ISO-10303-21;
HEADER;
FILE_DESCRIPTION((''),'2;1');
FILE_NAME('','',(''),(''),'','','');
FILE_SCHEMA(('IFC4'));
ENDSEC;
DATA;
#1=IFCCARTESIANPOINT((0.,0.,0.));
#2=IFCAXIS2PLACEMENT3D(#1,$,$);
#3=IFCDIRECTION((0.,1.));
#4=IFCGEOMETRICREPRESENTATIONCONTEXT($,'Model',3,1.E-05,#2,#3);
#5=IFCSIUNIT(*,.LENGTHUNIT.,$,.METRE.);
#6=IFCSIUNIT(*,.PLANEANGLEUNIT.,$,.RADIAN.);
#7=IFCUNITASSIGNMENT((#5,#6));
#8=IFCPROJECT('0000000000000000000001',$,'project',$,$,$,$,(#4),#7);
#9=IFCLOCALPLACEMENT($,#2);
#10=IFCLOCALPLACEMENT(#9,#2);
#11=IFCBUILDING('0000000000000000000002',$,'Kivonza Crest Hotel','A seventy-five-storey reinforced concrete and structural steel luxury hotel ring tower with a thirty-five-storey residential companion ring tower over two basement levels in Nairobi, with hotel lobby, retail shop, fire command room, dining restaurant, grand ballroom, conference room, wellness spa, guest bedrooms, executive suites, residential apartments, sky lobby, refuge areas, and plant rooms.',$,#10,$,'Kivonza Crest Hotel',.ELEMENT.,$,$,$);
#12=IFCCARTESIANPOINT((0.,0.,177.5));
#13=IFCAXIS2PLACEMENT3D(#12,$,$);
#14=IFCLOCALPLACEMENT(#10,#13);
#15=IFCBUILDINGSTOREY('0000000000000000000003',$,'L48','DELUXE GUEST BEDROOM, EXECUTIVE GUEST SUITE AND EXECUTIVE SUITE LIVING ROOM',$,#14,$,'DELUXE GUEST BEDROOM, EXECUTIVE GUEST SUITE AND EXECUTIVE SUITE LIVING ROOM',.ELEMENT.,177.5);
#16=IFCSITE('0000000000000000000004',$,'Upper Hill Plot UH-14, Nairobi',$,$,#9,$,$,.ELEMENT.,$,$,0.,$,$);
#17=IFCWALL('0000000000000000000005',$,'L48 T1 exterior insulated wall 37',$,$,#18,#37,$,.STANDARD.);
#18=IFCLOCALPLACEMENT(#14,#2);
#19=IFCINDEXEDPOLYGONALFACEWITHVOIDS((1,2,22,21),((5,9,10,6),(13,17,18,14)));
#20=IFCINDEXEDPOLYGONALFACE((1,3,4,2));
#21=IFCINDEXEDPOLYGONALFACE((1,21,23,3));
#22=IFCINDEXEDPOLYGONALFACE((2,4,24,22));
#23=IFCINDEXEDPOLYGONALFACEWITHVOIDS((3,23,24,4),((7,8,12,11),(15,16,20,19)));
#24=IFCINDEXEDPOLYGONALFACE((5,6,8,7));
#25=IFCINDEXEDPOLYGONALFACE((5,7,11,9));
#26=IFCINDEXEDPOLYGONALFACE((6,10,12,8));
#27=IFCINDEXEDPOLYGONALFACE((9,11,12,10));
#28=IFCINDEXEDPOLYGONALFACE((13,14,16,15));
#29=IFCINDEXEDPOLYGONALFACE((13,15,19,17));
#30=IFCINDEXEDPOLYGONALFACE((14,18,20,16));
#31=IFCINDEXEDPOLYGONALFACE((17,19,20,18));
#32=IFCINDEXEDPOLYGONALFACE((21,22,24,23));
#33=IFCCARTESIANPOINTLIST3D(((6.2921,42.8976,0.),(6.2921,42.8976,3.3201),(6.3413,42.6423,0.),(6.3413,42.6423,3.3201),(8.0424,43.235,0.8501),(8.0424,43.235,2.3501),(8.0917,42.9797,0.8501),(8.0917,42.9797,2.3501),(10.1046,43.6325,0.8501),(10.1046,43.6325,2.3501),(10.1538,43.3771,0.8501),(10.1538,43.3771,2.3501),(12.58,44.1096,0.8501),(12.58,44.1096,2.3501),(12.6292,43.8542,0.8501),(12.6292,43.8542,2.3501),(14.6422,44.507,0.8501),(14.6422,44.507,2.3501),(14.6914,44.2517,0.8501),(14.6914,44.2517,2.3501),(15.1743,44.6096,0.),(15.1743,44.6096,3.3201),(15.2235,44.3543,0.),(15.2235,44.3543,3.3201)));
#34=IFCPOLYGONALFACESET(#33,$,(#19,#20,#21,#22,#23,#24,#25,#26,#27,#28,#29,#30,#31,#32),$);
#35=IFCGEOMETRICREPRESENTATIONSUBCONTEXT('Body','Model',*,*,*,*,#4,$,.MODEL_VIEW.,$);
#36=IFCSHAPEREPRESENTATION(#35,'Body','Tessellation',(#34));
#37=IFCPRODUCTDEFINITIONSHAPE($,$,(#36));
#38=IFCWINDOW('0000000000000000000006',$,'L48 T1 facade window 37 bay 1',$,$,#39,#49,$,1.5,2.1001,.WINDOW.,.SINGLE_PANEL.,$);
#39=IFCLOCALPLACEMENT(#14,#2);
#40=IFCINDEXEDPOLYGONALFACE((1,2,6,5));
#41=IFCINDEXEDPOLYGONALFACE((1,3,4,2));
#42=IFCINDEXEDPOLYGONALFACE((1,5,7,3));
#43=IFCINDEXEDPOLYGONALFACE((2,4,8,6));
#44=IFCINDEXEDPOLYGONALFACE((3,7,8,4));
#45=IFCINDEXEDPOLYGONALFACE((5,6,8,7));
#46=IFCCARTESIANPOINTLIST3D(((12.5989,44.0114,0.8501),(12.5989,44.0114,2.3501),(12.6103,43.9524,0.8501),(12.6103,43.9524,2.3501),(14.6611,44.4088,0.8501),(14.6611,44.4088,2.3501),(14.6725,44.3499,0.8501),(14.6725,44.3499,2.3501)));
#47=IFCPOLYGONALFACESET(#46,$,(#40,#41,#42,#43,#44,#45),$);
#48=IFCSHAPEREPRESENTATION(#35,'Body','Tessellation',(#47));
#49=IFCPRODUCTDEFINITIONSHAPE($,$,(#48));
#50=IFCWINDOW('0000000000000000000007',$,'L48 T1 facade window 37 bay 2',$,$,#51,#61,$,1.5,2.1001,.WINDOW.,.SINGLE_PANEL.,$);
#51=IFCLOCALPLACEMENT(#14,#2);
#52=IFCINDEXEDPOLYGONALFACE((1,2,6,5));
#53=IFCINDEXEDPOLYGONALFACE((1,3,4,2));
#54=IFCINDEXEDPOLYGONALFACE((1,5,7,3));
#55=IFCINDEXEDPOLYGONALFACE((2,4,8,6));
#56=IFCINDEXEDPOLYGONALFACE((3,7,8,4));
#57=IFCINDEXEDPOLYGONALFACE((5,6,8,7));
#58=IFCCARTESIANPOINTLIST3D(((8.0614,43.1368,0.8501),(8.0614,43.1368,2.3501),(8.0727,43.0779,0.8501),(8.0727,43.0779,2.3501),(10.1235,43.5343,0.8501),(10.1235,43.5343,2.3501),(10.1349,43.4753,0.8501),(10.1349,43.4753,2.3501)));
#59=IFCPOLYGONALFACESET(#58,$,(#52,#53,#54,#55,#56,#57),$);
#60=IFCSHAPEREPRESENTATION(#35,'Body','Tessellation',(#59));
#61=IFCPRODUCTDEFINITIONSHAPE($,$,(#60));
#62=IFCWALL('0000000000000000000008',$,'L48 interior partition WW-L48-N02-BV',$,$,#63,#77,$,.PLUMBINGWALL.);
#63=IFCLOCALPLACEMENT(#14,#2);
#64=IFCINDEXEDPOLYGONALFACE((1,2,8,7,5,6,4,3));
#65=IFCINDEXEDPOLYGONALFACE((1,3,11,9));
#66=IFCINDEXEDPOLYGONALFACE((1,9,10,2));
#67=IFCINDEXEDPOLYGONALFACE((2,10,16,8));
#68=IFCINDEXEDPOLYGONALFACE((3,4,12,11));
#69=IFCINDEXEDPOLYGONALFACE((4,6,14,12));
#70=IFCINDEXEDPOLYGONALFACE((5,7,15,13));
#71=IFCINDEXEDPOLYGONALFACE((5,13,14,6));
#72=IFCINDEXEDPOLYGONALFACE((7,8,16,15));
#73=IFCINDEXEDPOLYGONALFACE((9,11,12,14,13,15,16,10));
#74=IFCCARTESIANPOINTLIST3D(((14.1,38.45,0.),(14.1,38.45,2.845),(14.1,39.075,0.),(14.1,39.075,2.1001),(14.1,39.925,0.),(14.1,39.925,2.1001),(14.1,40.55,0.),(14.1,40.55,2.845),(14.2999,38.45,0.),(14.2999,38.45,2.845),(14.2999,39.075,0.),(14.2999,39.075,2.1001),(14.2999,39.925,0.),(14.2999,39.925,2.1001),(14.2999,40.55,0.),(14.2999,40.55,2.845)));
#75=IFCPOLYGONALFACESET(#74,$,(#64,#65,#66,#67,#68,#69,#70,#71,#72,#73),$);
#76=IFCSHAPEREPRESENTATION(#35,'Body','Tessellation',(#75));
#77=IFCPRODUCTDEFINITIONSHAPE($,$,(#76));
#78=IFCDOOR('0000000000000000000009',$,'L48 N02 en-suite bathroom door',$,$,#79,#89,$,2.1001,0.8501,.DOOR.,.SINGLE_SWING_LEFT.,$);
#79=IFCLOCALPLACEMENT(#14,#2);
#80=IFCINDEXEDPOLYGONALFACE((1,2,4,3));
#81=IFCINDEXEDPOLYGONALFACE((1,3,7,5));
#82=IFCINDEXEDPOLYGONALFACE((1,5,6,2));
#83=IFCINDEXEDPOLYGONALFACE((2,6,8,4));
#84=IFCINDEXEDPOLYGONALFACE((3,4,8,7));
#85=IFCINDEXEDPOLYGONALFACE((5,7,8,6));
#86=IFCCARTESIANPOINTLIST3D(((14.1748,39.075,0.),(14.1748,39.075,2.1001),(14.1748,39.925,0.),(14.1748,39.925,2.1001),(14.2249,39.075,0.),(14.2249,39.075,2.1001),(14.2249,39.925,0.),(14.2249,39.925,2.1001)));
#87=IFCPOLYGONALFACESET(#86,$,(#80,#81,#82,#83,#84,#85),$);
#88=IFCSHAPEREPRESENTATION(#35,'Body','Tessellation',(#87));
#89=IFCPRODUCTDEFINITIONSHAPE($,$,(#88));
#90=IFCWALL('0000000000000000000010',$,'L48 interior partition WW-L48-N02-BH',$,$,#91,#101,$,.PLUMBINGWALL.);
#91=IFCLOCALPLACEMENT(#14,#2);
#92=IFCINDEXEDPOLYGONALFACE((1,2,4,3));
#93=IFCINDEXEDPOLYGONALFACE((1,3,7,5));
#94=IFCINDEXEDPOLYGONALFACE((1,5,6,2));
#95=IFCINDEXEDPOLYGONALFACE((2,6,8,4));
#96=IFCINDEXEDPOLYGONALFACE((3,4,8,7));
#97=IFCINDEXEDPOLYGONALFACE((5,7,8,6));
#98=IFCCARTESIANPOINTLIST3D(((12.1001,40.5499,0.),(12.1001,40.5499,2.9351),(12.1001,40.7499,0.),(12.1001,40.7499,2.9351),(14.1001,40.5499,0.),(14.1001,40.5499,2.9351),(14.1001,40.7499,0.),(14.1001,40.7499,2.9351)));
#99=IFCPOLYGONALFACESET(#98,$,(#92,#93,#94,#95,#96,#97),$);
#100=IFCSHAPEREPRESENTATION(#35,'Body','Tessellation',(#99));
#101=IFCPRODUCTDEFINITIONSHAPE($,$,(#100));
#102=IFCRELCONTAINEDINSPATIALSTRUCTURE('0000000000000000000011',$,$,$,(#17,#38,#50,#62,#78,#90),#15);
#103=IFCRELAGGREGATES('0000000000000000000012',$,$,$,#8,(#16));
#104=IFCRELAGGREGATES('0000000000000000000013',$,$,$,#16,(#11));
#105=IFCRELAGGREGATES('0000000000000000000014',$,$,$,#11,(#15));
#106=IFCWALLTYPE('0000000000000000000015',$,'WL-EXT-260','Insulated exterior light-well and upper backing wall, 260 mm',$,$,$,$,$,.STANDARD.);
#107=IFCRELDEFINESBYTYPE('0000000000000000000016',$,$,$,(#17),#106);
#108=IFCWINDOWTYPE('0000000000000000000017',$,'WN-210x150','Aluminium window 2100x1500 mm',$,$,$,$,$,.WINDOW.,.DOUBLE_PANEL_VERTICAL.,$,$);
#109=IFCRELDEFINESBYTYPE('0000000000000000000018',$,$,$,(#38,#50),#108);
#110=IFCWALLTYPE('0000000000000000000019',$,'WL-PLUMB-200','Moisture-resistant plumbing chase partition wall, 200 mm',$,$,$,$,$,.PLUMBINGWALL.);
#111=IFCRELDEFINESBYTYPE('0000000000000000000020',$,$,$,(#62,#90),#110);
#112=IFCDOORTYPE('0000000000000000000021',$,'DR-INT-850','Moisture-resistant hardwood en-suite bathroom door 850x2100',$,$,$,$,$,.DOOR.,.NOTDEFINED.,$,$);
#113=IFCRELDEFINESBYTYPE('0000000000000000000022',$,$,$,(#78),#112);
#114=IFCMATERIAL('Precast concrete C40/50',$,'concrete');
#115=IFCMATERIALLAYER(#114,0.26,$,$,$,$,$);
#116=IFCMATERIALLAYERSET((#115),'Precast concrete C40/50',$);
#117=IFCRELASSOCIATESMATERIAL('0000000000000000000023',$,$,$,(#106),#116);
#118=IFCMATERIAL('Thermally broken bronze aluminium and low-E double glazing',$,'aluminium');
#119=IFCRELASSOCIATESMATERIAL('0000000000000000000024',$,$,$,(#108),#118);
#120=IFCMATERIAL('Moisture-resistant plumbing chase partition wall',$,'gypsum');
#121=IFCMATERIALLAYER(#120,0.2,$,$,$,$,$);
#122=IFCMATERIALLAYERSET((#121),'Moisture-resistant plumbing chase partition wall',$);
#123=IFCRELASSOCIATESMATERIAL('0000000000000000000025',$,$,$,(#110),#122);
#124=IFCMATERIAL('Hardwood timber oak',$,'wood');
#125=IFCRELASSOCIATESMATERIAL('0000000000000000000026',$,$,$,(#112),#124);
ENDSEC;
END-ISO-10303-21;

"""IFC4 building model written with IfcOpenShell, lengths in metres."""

from ifc_helpers import new_model, si_unit, direction, frame, frame_2d, origin, place, context, subcontext, project, spatial, rectangle, extrude, material, layer, layer_set, type_object, element, fill, save


model = new_model("IFC4")

# Units and contexts
model_context = context("Model", 3, precision=1e-05, world=origin(), true_north=direction((0.0, 1.0)))
body_context = subcontext(model_context, "Body", "Model", "MODEL_VIEW")
ifc_project = project(units=[si_unit("LENGTHUNIT", "METRE"), si_unit("PLANEANGLEUNIT", "RADIAN")], contexts=[model_context])

# Site, building, storey
site_placement = place(None, origin())
site = spatial("IfcSite", under=ifc_project, at=site_placement, Name="Upper Hill Plot UH-14, Nairobi", CompositionType="ELEMENT", RefElevation=0.0)
building_placement = place(site_placement, origin())
building = spatial("IfcBuilding", under=site, at=building_placement, Name="Kivonza Crest Hotel", Description="A seventy-five-storey reinforced concrete and structural steel luxury hotel ring tower with a thirty-five-storey residential companion ring tower over two basement levels in Nairobi, with hotel lobby, retail shop, fire command room, dining restaurant, grand ballroom, conference room, wellness spa, guest bedrooms, executive suites, residential apartments, sky lobby, refuge areas, and plant rooms.", LongName="Kivonza Crest Hotel", CompositionType="ELEMENT")
storey_placement = place(building_placement, frame((0.0, 0.0, 177.5)))
storey = spatial("IfcBuildingStorey", under=building, at=storey_placement, Name="L48", Description="DELUXE GUEST BEDROOM, EXECUTIVE GUEST SUITE AND EXECUTIVE SUITE LIVING ROOM", LongName="DELUXE GUEST BEDROOM, EXECUTIVE GUEST SUITE AND EXECUTIVE SUITE LIVING ROOM", CompositionType="ELEMENT", Elevation=177.5)

# Shared definitions
ifc_material_1 = material(Name="Hardwood timber oak", Category="wood")

# Wall, openings, windows
ifc_material_2 = material(Name="Precast concrete C40/50", Category="concrete")
ifc_layer_1 = layer(ifc_material_2, 0.26)
ifc_layer_set_1 = layer_set([ifc_layer_1], Name="Precast concrete C40/50")
wall_type_1 = type_object("IfcWallType", Name="WL-EXT-260", Description="Insulated exterior light-well and upper backing wall, 260 mm", PredefinedType="STANDARD", material=ifc_layer_set_1)
wall_1_placement = place(storey_placement, frame((15.199, 44.4819, 0.0), z_axis=(0.0, 0.0, 1.0), x_axis=(-0.981928, -0.189255, 0.0)))
wall_1 = element("IfcWall", 1, at=wall_1_placement, inside=storey, type_object=wall_type_1, Name="L48 T1 exterior insulated wall 37", PredefinedType="STANDARD", context=body_context, shape_type="SweptSolid", body=[
    extrude(rectangle(XDim=9.0457, YDim=0.26, at=frame_2d((4.5229, 0.0))), origin(), (0.0, 0.0, 1.0), 3.3201),
])
opening_1_placement = place(wall_1_placement, frame((0.542, 0.0, 0.8501)))
opening_1 = element("IfcOpeningElement", 2, at=opening_1_placement, cuts=wall_1, PredefinedType="OPENING", context=body_context, shape_type="SweptSolid", body=[
    extrude(rectangle(XDim=2.1001, YDim=1.5, at=frame_2d((1.05, 0.75))), frame((0.0, 0.1401, 0.0), z_axis=(0.0, -1.0, 0.0), x_axis=(1.0, 0.0, 0.0)), (0.0, 0.0, 1.0), 0.28),
])
opening_2_placement = place(wall_1_placement, frame((5.1631, 0.0, 0.8501)))
opening_2 = element("IfcOpeningElement", 3, at=opening_2_placement, cuts=wall_1, PredefinedType="OPENING", context=body_context, shape_type="SweptSolid", body=[
    extrude(rectangle(XDim=2.1001, YDim=1.5, at=frame_2d((1.05, 0.75))), frame((0.0, 0.1401, 0.0), z_axis=(0.0, -1.0, 0.0), x_axis=(1.0, 0.0, 0.0)), (0.0, 0.0, 1.0), 0.28),
])
ifc_material_3 = material(Name="Thermally broken bronze aluminium and low-E double glazing", Category="aluminium")
window_type = type_object("IfcWindowType", Name="WN-210x150", Description="Aluminium window 2100x1500 mm", PartitioningType="DOUBLE_PANEL_VERTICAL", PredefinedType="WINDOW", material=ifc_material_3)
window_1_placement = place(opening_1_placement, origin())
window_1 = element("IfcWindow", 4, at=window_1_placement, inside=storey, type_object=window_type, Name="L48 T1 facade window 37 bay 1", OverallHeight=1.5, OverallWidth=2.1001, PartitioningType="SINGLE_PANEL", PredefinedType="WINDOW", context=body_context, shape_type="SweptSolid", body=[
    extrude(rectangle(XDim=2.1001, YDim=1.5, at=frame_2d((1.05, 0.75))), frame((0.0, 0.03, 0.0), z_axis=(0.0, -1.0, 0.0), x_axis=(1.0, 0.0, 0.0)), (0.0, 0.0, 1.0), 0.0601),
])
fill(opening_1, window_1)
window_2_placement = place(opening_2_placement, origin())
window_2 = element("IfcWindow", 5, at=window_2_placement, inside=storey, type_object=window_type, Name="L48 T1 facade window 37 bay 2", OverallHeight=1.5, OverallWidth=2.1001, PartitioningType="SINGLE_PANEL", PredefinedType="WINDOW", context=body_context, shape_type="SweptSolid", body=[
    extrude(rectangle(XDim=2.1001, YDim=1.5, at=frame_2d((1.05, 0.75))), frame((0.0, 0.03, 0.0), z_axis=(0.0, -1.0, 0.0), x_axis=(1.0, 0.0, 0.0)), (0.0, 0.0, 1.0), 0.0601),
])
fill(opening_2, window_2)

# Wall, opening, door
ifc_material_4 = material(Name="Moisture-resistant plumbing chase partition wall", Category="gypsum")
ifc_layer_2 = layer(ifc_material_4, 0.2)
ifc_layer_set_2 = layer_set([ifc_layer_2], Name="Moisture-resistant plumbing chase partition wall")
wall_type_2 = type_object("IfcWallType", Name="WL-PLUMB-200", Description="Moisture-resistant plumbing chase partition wall, 200 mm", PredefinedType="PLUMBINGWALL", material=ifc_layer_set_2)
wall_2_placement = place(storey_placement, frame((14.2, 38.45, 0.0), z_axis=(0.0, 0.0, 1.0), x_axis=(0.0, 1.0, 0.0)))
wall_2 = element("IfcWall", 6, at=wall_2_placement, inside=storey, type_object=wall_type_2, Name="L48 interior partition WW-L48-N02-BV", PredefinedType="PLUMBINGWALL", context=body_context, shape_type="SweptSolid", body=[
    extrude(rectangle(XDim=2.1001, YDim=0.2, at=frame_2d((1.05, 0.0))), origin(), (0.0, 0.0, 1.0), 2.845),
])
opening_3_placement = place(wall_2_placement, frame((0.625, 0.0, 0.0)))
opening_3 = element("IfcOpeningElement", 7, at=opening_3_placement, cuts=wall_2, PredefinedType="OPENING", context=body_context, shape_type="SweptSolid", body=[
    extrude(rectangle(XDim=0.8501, YDim=2.1001, at=frame_2d((0.425, 1.05))), frame((0.0, 0.1099, 0.0), z_axis=(0.0, -1.0, 0.0), x_axis=(1.0, 0.0, 0.0)), (0.0, 0.0, 1.0), 0.22),
])
door_type_1 = type_object("IfcDoorType", Name="DR-INT-850", Description="Moisture-resistant hardwood en-suite bathroom door 850x2100", OperationType="NOTDEFINED", PredefinedType="DOOR", material=ifc_material_1)
door_1_placement = place(opening_3_placement, frame((0.8501, 0.0, 0.0), z_axis=(0.0, 0.0, 1.0), x_axis=(-1.0, 0.0, 0.0)))
door_1 = element("IfcDoor", 8, at=door_1_placement, inside=storey, type_object=door_type_1, Name="L48 N02 en-suite bathroom door", OperationType="SINGLE_SWING_LEFT", OverallHeight=2.1001, OverallWidth=0.8501, PredefinedType="DOOR", context=body_context, shape_type="SweptSolid", body=[
    extrude(rectangle(XDim=0.8501, YDim=2.1001, at=frame_2d((0.425, 1.05))), frame((0.0, 0.0249, 0.0), z_axis=(0.0, -1.0, 0.0), x_axis=(1.0, 0.0, 0.0)), (0.0, 0.0, 1.0), 0.05),
])
fill(opening_3, door_1)

# Wall
wall_3_placement = place(storey_placement, frame((12.1001, 40.6499, 0.0), z_axis=(0.0, 0.0, 1.0), x_axis=(1.0, 0.0, 0.0)))
element("IfcWall", 9, at=wall_3_placement, inside=storey, type_object=wall_type_2, Name="L48 interior partition WW-L48-N02-BH", PredefinedType="PLUMBINGWALL", context=body_context, shape_type="SweptSolid", body=[
    extrude(rectangle(XDim=2.0, YDim=0.2, at=frame_2d((1.0, 0.0))), origin(), (0.0, 0.0, 1.0), 2.9351),
])

save(model, "model.ifc")
